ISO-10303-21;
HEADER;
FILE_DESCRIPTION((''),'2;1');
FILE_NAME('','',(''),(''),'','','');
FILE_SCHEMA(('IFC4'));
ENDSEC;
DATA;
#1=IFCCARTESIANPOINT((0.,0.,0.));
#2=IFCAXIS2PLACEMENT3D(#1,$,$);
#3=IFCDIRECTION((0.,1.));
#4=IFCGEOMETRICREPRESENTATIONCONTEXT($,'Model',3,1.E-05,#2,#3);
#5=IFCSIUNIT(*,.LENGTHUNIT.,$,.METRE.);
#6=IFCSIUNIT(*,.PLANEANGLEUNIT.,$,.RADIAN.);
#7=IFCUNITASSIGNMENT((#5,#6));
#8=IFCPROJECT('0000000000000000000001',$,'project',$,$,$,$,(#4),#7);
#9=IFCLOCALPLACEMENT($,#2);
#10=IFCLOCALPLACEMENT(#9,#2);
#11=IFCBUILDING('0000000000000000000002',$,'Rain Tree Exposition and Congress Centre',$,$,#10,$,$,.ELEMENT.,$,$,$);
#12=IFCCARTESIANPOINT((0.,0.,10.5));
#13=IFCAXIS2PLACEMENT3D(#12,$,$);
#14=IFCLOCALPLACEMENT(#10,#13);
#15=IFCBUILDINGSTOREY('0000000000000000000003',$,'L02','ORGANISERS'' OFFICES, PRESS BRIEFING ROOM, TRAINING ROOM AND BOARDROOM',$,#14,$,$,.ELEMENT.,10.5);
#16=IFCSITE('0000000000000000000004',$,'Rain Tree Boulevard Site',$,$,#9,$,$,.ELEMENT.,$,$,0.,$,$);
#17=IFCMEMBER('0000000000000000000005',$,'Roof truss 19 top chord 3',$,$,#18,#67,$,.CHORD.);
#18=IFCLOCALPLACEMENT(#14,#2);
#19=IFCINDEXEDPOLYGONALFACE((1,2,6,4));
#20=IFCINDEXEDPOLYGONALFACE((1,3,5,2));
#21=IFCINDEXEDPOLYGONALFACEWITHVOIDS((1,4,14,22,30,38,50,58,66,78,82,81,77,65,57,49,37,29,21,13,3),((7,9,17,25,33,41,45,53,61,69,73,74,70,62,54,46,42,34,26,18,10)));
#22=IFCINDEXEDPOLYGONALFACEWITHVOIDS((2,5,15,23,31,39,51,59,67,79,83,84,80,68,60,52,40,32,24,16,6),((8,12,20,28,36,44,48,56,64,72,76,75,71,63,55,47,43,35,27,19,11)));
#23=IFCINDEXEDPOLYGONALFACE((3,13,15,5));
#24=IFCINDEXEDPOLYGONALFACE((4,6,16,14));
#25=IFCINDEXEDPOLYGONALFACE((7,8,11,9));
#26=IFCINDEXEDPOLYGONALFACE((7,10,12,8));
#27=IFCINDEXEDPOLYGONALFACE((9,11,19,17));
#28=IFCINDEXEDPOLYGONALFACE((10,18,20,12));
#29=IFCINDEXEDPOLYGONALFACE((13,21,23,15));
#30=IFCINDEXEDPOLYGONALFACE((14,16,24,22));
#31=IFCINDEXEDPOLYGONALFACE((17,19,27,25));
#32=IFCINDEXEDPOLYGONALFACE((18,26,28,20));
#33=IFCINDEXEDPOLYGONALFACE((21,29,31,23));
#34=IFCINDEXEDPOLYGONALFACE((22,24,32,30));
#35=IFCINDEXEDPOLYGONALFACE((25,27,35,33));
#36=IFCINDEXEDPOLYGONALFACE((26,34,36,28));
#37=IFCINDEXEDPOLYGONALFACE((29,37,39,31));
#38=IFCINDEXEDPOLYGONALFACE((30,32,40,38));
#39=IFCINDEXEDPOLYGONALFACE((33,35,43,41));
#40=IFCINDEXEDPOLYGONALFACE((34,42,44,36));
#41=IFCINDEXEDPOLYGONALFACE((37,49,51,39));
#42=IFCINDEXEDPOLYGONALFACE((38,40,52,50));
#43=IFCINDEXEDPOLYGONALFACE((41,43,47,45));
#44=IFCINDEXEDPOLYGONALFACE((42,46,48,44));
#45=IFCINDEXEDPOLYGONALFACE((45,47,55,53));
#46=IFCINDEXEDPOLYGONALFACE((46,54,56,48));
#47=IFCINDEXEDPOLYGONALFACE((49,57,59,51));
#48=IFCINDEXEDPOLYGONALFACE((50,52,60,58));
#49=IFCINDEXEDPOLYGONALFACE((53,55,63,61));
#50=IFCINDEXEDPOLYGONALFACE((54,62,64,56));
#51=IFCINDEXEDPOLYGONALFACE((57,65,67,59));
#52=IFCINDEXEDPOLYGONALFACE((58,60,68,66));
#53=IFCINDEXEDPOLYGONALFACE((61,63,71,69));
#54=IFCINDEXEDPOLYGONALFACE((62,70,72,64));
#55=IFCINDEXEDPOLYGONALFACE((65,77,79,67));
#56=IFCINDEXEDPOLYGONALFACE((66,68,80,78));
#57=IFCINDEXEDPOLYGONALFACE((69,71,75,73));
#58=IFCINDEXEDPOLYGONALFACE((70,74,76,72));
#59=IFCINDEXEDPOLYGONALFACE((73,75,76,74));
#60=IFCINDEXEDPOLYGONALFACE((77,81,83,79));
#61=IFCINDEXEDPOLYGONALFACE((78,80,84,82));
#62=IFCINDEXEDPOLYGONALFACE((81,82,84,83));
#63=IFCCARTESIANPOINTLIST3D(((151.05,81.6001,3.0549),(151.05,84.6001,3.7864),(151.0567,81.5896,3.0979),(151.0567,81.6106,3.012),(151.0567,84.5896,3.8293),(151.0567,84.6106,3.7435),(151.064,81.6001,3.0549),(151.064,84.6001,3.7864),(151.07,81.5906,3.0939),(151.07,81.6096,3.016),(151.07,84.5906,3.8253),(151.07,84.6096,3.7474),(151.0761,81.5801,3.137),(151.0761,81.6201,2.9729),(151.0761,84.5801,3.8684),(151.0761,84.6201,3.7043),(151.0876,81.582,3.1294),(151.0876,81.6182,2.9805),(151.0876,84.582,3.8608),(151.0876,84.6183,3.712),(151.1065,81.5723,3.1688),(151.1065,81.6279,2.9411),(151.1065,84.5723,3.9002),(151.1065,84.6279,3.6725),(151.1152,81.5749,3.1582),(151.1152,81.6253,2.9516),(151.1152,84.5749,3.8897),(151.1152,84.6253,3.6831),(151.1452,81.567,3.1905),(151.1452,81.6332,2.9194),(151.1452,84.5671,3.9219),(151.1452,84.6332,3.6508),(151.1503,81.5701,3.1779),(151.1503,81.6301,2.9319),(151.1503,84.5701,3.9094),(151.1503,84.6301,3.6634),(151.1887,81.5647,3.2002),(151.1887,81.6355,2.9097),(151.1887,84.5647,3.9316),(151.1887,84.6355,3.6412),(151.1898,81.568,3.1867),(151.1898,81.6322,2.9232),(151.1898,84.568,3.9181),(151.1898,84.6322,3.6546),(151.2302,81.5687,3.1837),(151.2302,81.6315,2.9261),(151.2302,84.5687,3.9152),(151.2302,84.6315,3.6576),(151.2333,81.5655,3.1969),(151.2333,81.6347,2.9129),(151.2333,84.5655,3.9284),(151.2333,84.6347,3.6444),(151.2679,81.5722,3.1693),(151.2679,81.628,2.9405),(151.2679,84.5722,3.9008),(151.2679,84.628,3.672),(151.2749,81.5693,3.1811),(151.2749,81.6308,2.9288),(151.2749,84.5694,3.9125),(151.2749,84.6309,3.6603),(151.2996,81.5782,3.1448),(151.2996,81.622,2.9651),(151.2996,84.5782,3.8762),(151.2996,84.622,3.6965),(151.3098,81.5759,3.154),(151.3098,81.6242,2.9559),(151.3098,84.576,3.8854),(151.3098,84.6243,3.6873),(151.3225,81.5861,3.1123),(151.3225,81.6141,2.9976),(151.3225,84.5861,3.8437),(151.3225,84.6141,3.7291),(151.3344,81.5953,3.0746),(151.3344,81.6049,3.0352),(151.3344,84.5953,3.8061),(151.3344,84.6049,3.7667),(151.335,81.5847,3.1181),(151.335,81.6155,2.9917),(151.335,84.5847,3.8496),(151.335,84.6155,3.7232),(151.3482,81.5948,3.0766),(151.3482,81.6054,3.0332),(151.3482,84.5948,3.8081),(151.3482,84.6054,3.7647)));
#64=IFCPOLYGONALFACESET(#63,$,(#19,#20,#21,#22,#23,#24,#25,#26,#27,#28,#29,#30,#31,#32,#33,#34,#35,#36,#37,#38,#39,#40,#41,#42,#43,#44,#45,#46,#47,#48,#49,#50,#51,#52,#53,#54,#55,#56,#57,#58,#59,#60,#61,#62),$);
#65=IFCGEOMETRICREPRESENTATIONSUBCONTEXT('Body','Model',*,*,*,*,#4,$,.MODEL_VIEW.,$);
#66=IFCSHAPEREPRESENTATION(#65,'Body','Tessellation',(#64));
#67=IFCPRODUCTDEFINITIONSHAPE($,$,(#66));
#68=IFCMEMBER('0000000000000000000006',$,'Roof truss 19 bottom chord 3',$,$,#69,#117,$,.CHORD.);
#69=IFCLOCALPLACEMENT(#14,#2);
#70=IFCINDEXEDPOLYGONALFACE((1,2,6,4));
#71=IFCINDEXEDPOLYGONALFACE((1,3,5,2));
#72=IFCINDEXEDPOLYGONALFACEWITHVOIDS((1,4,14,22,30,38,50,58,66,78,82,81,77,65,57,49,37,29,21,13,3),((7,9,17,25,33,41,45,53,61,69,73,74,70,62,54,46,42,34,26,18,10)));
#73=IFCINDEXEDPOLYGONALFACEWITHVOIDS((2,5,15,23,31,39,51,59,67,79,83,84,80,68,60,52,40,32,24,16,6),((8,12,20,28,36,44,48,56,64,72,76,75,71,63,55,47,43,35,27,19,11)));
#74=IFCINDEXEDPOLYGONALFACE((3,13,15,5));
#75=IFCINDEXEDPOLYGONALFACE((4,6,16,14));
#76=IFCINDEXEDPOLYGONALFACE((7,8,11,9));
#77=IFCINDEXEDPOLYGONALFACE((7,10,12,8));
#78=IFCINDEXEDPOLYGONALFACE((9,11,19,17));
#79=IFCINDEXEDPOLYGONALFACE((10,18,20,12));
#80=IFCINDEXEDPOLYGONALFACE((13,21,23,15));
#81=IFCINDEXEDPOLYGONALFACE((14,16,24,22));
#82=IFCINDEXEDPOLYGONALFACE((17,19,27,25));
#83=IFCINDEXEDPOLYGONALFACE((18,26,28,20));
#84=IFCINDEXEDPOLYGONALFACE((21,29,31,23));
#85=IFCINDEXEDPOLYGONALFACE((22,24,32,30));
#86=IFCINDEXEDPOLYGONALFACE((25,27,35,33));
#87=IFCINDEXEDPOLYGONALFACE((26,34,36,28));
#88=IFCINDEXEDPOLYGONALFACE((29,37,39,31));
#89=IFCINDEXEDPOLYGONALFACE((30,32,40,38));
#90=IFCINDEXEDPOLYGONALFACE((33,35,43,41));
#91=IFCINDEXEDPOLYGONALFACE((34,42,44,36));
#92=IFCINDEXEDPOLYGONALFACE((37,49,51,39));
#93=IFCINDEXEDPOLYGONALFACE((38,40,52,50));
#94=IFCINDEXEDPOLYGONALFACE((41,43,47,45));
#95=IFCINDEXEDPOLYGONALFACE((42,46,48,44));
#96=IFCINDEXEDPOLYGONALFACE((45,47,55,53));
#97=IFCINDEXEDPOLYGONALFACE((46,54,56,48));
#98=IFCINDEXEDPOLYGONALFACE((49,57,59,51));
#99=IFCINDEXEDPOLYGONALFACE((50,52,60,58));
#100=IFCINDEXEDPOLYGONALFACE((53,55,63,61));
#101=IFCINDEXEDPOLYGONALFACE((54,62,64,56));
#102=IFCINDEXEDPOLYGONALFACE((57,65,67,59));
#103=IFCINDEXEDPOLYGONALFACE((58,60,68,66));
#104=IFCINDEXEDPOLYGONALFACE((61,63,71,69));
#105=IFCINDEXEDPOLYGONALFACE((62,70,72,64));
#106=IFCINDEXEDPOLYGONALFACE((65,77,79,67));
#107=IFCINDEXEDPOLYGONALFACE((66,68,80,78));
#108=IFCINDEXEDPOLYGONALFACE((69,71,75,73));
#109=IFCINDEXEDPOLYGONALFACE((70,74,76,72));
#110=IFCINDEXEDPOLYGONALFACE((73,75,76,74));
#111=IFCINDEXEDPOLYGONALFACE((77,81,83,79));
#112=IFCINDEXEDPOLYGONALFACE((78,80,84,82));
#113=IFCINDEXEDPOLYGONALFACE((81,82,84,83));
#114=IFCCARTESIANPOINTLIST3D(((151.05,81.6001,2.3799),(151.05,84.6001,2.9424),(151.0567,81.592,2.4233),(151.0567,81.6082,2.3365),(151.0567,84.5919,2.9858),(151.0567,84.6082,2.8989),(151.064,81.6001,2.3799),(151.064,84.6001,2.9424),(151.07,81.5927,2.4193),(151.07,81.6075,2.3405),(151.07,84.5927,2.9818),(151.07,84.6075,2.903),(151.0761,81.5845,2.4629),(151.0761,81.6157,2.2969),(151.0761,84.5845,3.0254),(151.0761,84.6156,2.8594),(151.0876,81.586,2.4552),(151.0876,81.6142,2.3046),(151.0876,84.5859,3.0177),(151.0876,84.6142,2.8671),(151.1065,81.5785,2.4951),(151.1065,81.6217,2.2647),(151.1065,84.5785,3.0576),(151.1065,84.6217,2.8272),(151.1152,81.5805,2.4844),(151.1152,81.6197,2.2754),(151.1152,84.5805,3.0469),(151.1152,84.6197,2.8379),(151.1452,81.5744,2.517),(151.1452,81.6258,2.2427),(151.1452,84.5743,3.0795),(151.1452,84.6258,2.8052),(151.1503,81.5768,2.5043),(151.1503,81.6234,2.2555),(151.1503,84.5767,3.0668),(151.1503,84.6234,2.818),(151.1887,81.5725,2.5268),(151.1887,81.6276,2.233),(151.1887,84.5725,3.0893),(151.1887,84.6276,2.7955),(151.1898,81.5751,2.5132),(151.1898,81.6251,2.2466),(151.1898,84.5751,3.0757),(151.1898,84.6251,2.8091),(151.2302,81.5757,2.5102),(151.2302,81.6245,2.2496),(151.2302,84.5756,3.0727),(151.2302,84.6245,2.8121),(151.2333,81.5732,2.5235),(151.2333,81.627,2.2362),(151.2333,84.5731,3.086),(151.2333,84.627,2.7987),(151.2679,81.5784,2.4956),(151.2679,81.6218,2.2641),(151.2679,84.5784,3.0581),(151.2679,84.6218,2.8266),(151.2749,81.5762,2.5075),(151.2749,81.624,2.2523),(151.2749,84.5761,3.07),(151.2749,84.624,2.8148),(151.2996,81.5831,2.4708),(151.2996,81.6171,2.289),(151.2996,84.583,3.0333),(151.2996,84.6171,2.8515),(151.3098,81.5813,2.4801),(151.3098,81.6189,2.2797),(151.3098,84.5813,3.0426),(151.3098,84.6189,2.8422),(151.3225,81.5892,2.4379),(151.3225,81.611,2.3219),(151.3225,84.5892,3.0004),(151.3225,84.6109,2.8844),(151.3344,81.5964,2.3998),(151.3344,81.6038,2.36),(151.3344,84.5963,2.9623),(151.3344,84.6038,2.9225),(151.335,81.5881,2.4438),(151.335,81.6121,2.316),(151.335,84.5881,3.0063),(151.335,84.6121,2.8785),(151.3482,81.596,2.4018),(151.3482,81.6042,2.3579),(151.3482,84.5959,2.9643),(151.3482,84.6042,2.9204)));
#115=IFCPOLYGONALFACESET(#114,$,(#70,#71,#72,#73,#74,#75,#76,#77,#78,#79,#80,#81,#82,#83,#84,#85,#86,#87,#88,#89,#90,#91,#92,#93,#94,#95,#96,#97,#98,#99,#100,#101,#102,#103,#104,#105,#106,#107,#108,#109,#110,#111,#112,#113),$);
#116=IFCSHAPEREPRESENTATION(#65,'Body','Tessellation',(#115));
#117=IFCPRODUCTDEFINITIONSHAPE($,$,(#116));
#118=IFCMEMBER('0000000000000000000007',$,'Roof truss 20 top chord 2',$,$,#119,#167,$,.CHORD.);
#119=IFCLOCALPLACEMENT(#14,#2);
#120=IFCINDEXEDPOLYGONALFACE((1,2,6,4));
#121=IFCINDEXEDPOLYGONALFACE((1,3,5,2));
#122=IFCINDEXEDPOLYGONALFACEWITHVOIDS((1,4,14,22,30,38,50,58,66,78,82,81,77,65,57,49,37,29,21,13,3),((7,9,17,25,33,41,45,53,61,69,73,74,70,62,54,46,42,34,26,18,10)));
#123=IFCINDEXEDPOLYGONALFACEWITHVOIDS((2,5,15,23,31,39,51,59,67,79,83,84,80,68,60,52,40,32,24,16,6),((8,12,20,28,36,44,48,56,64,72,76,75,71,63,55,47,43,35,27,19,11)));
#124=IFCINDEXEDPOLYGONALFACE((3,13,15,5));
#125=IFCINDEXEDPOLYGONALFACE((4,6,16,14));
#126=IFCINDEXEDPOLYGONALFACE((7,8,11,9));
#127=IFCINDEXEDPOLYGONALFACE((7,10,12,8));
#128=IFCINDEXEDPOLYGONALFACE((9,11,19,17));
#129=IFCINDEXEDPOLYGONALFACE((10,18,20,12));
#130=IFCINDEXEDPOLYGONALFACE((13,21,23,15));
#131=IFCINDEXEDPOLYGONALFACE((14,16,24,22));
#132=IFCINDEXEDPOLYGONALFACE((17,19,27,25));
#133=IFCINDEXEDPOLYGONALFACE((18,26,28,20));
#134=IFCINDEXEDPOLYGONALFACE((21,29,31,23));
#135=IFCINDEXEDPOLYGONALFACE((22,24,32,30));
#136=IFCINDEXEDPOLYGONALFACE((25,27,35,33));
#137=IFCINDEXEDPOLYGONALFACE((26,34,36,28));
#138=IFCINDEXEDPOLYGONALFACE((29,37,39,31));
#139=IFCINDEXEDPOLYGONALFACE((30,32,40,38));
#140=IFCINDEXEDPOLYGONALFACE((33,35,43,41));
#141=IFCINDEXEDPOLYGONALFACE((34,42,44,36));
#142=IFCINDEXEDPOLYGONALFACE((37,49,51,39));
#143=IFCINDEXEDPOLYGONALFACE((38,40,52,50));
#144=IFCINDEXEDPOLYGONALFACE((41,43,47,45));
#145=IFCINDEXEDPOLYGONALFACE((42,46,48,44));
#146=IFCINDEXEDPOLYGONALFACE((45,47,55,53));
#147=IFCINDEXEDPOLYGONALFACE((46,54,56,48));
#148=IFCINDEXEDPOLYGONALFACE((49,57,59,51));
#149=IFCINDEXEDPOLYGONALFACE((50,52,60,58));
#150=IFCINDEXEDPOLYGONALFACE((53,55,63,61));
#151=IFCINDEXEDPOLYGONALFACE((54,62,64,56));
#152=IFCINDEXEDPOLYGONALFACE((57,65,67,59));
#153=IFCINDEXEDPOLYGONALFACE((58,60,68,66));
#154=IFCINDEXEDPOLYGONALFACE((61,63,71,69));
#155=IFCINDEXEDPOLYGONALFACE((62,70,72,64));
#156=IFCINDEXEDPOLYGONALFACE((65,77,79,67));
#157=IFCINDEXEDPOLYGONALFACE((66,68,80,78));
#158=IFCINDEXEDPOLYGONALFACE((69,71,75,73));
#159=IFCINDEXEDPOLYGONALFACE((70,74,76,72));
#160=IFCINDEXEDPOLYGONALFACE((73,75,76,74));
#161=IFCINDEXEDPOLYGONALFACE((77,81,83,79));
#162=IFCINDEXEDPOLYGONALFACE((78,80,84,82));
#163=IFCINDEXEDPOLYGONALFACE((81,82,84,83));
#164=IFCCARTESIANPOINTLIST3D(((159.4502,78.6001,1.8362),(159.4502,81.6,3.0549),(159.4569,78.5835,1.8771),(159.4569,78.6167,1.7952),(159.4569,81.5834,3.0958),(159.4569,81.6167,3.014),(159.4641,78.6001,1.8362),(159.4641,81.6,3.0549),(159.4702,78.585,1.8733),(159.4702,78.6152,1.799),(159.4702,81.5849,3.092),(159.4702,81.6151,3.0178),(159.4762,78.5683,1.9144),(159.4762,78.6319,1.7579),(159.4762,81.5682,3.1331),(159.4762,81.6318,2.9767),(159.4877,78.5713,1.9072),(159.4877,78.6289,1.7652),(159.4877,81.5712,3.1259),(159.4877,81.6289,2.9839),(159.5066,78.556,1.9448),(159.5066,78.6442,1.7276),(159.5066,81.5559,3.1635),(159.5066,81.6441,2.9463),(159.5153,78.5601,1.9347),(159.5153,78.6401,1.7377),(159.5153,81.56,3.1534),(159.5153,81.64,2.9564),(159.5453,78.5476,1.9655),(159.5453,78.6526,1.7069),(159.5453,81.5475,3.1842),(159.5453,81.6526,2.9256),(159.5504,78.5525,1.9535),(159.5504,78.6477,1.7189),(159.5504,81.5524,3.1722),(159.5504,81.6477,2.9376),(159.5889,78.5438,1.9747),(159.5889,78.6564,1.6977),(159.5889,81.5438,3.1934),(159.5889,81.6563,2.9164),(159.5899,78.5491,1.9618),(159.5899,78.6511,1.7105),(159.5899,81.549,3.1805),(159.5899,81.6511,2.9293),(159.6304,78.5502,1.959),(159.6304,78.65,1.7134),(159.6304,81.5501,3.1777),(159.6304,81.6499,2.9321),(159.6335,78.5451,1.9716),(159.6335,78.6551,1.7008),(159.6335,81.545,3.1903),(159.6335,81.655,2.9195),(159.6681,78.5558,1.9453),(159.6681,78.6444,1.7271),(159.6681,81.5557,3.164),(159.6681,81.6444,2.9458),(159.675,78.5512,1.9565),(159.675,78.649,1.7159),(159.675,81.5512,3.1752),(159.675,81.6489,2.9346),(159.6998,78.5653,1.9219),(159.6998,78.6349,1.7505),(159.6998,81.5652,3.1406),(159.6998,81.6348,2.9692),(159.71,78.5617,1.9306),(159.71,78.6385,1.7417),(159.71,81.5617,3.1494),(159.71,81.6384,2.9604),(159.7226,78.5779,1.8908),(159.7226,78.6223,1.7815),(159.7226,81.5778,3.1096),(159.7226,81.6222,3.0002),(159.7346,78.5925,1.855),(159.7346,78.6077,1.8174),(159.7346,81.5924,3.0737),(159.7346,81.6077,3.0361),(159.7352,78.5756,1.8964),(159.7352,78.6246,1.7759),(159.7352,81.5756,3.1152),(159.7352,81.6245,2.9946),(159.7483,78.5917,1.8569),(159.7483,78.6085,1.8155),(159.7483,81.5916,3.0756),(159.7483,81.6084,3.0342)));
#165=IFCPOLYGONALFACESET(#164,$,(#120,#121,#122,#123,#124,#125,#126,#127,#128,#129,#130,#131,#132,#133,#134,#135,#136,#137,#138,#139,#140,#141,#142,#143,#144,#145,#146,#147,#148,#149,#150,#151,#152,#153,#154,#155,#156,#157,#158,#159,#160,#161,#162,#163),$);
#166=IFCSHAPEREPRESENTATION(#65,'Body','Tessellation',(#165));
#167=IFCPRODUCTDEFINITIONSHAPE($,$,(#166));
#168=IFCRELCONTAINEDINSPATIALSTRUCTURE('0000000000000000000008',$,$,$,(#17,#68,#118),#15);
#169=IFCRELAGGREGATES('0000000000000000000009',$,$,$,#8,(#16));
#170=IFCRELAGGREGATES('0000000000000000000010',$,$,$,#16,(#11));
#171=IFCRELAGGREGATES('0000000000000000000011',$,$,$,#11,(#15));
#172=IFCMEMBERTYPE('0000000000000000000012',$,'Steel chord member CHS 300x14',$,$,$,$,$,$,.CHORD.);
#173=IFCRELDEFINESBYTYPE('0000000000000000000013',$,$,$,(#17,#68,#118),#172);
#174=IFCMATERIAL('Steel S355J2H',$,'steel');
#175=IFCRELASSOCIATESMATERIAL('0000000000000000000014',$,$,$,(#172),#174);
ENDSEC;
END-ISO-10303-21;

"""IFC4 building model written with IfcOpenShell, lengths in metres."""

from ifc_helpers import new_model, si_unit, direction, frame, origin, origin_2d, place, context, subcontext, project, spatial, hollow_circle, extrude, material, material_profile, profile_set, type_object, element, save


model = new_model("IFC4")

# Units and contexts
model_context = context("Model", 3, precision=1e-05, world=origin(), true_north=direction((0.0, 1.0)))
body_context = subcontext(model_context, "Body", "Model", "MODEL_VIEW")
ifc_project = project(units=[si_unit("LENGTHUNIT", "METRE"), si_unit("PLANEANGLEUNIT", "RADIAN")], contexts=[model_context])

# Site, building, storey
site_placement = place(None, origin())
site = spatial("IfcSite", under=ifc_project, at=site_placement, Name="Rain Tree Boulevard Site", CompositionType="ELEMENT", RefElevation=0.0)
building_placement = place(site_placement, origin())
building = spatial("IfcBuilding", under=site, at=building_placement, Name="Rain Tree Exposition and Congress Centre", CompositionType="ELEMENT")
storey_placement = place(building_placement, frame((0.0, 0.0, 10.5)))
storey = spatial("IfcBuildingStorey", under=building, at=storey_placement, Name="L02", Description="ORGANISERS' OFFICES, PRESS BRIEFING ROOM, TRAINING ROOM AND BOARDROOM", CompositionType="ELEMENT", Elevation=10.5)

# Members
ifc_material_1 = material(Name="Steel S355J2H", Category="steel")
ifc_material_profile_1 = material_profile(ifc_material_1, hollow_circle(Radius=0.1499, WallThickness=0.0139, at=origin_2d()), Name="CHS 300x14")
ifc_profile_set_1 = profile_set([ifc_material_profile_1], Name="Steel S355J2H")
member_type_1 = type_object("IfcMemberType", Name="Steel chord member CHS 300x14", PredefinedType="CHORD", material=ifc_profile_set_1)
member_1_placement = place(storey_placement, frame((151.2, 81.6001, 3.0549), z_axis=(0.0, 0.97154, 0.236876), x_axis=(-1.0, 0.0, 0.0)))
element("IfcMember", 1, at=member_1_placement, inside=storey, type_object=member_type_1, Name="Roof truss 19 top chord 3", PredefinedType="CHORD", context=body_context, shape_type="SweptSolid", body=[
    extrude(hollow_circle(Radius=0.1499, WallThickness=0.0139, at=origin_2d()), origin(), (0.0, 0.0, 1.0), 3.0879),
])
member_2_placement = place(storey_placement, frame((151.2, 81.6001, 2.3799), z_axis=(0.0, 0.982872, 0.184289), x_axis=(-1.0, 0.0, 0.0)))
element("IfcMember", 2, at=member_2_placement, inside=storey, type_object=member_type_1, Name="Roof truss 19 bottom chord 3", PredefinedType="CHORD", context=body_context, shape_type="SweptSolid", body=[
    extrude(hollow_circle(Radius=0.1499, WallThickness=0.0139, at=origin_2d()), origin(), (0.0, 0.0, 1.0), 3.0522),
])
member_3_placement = place(storey_placement, frame((159.6001, 78.6001, 1.8362), z_axis=(0.0, 0.926467, 0.376377), x_axis=(-1.0, 0.0, 0.0)))
element("IfcMember", 3, at=member_3_placement, inside=storey, type_object=member_type_1, Name="Roof truss 20 top chord 2", PredefinedType="CHORD", context=body_context, shape_type="SweptSolid", body=[
    extrude(hollow_circle(Radius=0.1499, WallThickness=0.0139, at=origin_2d()), origin(), (0.0, 0.0, 1.0), 3.238),
])

save(model, "model.ifc")
